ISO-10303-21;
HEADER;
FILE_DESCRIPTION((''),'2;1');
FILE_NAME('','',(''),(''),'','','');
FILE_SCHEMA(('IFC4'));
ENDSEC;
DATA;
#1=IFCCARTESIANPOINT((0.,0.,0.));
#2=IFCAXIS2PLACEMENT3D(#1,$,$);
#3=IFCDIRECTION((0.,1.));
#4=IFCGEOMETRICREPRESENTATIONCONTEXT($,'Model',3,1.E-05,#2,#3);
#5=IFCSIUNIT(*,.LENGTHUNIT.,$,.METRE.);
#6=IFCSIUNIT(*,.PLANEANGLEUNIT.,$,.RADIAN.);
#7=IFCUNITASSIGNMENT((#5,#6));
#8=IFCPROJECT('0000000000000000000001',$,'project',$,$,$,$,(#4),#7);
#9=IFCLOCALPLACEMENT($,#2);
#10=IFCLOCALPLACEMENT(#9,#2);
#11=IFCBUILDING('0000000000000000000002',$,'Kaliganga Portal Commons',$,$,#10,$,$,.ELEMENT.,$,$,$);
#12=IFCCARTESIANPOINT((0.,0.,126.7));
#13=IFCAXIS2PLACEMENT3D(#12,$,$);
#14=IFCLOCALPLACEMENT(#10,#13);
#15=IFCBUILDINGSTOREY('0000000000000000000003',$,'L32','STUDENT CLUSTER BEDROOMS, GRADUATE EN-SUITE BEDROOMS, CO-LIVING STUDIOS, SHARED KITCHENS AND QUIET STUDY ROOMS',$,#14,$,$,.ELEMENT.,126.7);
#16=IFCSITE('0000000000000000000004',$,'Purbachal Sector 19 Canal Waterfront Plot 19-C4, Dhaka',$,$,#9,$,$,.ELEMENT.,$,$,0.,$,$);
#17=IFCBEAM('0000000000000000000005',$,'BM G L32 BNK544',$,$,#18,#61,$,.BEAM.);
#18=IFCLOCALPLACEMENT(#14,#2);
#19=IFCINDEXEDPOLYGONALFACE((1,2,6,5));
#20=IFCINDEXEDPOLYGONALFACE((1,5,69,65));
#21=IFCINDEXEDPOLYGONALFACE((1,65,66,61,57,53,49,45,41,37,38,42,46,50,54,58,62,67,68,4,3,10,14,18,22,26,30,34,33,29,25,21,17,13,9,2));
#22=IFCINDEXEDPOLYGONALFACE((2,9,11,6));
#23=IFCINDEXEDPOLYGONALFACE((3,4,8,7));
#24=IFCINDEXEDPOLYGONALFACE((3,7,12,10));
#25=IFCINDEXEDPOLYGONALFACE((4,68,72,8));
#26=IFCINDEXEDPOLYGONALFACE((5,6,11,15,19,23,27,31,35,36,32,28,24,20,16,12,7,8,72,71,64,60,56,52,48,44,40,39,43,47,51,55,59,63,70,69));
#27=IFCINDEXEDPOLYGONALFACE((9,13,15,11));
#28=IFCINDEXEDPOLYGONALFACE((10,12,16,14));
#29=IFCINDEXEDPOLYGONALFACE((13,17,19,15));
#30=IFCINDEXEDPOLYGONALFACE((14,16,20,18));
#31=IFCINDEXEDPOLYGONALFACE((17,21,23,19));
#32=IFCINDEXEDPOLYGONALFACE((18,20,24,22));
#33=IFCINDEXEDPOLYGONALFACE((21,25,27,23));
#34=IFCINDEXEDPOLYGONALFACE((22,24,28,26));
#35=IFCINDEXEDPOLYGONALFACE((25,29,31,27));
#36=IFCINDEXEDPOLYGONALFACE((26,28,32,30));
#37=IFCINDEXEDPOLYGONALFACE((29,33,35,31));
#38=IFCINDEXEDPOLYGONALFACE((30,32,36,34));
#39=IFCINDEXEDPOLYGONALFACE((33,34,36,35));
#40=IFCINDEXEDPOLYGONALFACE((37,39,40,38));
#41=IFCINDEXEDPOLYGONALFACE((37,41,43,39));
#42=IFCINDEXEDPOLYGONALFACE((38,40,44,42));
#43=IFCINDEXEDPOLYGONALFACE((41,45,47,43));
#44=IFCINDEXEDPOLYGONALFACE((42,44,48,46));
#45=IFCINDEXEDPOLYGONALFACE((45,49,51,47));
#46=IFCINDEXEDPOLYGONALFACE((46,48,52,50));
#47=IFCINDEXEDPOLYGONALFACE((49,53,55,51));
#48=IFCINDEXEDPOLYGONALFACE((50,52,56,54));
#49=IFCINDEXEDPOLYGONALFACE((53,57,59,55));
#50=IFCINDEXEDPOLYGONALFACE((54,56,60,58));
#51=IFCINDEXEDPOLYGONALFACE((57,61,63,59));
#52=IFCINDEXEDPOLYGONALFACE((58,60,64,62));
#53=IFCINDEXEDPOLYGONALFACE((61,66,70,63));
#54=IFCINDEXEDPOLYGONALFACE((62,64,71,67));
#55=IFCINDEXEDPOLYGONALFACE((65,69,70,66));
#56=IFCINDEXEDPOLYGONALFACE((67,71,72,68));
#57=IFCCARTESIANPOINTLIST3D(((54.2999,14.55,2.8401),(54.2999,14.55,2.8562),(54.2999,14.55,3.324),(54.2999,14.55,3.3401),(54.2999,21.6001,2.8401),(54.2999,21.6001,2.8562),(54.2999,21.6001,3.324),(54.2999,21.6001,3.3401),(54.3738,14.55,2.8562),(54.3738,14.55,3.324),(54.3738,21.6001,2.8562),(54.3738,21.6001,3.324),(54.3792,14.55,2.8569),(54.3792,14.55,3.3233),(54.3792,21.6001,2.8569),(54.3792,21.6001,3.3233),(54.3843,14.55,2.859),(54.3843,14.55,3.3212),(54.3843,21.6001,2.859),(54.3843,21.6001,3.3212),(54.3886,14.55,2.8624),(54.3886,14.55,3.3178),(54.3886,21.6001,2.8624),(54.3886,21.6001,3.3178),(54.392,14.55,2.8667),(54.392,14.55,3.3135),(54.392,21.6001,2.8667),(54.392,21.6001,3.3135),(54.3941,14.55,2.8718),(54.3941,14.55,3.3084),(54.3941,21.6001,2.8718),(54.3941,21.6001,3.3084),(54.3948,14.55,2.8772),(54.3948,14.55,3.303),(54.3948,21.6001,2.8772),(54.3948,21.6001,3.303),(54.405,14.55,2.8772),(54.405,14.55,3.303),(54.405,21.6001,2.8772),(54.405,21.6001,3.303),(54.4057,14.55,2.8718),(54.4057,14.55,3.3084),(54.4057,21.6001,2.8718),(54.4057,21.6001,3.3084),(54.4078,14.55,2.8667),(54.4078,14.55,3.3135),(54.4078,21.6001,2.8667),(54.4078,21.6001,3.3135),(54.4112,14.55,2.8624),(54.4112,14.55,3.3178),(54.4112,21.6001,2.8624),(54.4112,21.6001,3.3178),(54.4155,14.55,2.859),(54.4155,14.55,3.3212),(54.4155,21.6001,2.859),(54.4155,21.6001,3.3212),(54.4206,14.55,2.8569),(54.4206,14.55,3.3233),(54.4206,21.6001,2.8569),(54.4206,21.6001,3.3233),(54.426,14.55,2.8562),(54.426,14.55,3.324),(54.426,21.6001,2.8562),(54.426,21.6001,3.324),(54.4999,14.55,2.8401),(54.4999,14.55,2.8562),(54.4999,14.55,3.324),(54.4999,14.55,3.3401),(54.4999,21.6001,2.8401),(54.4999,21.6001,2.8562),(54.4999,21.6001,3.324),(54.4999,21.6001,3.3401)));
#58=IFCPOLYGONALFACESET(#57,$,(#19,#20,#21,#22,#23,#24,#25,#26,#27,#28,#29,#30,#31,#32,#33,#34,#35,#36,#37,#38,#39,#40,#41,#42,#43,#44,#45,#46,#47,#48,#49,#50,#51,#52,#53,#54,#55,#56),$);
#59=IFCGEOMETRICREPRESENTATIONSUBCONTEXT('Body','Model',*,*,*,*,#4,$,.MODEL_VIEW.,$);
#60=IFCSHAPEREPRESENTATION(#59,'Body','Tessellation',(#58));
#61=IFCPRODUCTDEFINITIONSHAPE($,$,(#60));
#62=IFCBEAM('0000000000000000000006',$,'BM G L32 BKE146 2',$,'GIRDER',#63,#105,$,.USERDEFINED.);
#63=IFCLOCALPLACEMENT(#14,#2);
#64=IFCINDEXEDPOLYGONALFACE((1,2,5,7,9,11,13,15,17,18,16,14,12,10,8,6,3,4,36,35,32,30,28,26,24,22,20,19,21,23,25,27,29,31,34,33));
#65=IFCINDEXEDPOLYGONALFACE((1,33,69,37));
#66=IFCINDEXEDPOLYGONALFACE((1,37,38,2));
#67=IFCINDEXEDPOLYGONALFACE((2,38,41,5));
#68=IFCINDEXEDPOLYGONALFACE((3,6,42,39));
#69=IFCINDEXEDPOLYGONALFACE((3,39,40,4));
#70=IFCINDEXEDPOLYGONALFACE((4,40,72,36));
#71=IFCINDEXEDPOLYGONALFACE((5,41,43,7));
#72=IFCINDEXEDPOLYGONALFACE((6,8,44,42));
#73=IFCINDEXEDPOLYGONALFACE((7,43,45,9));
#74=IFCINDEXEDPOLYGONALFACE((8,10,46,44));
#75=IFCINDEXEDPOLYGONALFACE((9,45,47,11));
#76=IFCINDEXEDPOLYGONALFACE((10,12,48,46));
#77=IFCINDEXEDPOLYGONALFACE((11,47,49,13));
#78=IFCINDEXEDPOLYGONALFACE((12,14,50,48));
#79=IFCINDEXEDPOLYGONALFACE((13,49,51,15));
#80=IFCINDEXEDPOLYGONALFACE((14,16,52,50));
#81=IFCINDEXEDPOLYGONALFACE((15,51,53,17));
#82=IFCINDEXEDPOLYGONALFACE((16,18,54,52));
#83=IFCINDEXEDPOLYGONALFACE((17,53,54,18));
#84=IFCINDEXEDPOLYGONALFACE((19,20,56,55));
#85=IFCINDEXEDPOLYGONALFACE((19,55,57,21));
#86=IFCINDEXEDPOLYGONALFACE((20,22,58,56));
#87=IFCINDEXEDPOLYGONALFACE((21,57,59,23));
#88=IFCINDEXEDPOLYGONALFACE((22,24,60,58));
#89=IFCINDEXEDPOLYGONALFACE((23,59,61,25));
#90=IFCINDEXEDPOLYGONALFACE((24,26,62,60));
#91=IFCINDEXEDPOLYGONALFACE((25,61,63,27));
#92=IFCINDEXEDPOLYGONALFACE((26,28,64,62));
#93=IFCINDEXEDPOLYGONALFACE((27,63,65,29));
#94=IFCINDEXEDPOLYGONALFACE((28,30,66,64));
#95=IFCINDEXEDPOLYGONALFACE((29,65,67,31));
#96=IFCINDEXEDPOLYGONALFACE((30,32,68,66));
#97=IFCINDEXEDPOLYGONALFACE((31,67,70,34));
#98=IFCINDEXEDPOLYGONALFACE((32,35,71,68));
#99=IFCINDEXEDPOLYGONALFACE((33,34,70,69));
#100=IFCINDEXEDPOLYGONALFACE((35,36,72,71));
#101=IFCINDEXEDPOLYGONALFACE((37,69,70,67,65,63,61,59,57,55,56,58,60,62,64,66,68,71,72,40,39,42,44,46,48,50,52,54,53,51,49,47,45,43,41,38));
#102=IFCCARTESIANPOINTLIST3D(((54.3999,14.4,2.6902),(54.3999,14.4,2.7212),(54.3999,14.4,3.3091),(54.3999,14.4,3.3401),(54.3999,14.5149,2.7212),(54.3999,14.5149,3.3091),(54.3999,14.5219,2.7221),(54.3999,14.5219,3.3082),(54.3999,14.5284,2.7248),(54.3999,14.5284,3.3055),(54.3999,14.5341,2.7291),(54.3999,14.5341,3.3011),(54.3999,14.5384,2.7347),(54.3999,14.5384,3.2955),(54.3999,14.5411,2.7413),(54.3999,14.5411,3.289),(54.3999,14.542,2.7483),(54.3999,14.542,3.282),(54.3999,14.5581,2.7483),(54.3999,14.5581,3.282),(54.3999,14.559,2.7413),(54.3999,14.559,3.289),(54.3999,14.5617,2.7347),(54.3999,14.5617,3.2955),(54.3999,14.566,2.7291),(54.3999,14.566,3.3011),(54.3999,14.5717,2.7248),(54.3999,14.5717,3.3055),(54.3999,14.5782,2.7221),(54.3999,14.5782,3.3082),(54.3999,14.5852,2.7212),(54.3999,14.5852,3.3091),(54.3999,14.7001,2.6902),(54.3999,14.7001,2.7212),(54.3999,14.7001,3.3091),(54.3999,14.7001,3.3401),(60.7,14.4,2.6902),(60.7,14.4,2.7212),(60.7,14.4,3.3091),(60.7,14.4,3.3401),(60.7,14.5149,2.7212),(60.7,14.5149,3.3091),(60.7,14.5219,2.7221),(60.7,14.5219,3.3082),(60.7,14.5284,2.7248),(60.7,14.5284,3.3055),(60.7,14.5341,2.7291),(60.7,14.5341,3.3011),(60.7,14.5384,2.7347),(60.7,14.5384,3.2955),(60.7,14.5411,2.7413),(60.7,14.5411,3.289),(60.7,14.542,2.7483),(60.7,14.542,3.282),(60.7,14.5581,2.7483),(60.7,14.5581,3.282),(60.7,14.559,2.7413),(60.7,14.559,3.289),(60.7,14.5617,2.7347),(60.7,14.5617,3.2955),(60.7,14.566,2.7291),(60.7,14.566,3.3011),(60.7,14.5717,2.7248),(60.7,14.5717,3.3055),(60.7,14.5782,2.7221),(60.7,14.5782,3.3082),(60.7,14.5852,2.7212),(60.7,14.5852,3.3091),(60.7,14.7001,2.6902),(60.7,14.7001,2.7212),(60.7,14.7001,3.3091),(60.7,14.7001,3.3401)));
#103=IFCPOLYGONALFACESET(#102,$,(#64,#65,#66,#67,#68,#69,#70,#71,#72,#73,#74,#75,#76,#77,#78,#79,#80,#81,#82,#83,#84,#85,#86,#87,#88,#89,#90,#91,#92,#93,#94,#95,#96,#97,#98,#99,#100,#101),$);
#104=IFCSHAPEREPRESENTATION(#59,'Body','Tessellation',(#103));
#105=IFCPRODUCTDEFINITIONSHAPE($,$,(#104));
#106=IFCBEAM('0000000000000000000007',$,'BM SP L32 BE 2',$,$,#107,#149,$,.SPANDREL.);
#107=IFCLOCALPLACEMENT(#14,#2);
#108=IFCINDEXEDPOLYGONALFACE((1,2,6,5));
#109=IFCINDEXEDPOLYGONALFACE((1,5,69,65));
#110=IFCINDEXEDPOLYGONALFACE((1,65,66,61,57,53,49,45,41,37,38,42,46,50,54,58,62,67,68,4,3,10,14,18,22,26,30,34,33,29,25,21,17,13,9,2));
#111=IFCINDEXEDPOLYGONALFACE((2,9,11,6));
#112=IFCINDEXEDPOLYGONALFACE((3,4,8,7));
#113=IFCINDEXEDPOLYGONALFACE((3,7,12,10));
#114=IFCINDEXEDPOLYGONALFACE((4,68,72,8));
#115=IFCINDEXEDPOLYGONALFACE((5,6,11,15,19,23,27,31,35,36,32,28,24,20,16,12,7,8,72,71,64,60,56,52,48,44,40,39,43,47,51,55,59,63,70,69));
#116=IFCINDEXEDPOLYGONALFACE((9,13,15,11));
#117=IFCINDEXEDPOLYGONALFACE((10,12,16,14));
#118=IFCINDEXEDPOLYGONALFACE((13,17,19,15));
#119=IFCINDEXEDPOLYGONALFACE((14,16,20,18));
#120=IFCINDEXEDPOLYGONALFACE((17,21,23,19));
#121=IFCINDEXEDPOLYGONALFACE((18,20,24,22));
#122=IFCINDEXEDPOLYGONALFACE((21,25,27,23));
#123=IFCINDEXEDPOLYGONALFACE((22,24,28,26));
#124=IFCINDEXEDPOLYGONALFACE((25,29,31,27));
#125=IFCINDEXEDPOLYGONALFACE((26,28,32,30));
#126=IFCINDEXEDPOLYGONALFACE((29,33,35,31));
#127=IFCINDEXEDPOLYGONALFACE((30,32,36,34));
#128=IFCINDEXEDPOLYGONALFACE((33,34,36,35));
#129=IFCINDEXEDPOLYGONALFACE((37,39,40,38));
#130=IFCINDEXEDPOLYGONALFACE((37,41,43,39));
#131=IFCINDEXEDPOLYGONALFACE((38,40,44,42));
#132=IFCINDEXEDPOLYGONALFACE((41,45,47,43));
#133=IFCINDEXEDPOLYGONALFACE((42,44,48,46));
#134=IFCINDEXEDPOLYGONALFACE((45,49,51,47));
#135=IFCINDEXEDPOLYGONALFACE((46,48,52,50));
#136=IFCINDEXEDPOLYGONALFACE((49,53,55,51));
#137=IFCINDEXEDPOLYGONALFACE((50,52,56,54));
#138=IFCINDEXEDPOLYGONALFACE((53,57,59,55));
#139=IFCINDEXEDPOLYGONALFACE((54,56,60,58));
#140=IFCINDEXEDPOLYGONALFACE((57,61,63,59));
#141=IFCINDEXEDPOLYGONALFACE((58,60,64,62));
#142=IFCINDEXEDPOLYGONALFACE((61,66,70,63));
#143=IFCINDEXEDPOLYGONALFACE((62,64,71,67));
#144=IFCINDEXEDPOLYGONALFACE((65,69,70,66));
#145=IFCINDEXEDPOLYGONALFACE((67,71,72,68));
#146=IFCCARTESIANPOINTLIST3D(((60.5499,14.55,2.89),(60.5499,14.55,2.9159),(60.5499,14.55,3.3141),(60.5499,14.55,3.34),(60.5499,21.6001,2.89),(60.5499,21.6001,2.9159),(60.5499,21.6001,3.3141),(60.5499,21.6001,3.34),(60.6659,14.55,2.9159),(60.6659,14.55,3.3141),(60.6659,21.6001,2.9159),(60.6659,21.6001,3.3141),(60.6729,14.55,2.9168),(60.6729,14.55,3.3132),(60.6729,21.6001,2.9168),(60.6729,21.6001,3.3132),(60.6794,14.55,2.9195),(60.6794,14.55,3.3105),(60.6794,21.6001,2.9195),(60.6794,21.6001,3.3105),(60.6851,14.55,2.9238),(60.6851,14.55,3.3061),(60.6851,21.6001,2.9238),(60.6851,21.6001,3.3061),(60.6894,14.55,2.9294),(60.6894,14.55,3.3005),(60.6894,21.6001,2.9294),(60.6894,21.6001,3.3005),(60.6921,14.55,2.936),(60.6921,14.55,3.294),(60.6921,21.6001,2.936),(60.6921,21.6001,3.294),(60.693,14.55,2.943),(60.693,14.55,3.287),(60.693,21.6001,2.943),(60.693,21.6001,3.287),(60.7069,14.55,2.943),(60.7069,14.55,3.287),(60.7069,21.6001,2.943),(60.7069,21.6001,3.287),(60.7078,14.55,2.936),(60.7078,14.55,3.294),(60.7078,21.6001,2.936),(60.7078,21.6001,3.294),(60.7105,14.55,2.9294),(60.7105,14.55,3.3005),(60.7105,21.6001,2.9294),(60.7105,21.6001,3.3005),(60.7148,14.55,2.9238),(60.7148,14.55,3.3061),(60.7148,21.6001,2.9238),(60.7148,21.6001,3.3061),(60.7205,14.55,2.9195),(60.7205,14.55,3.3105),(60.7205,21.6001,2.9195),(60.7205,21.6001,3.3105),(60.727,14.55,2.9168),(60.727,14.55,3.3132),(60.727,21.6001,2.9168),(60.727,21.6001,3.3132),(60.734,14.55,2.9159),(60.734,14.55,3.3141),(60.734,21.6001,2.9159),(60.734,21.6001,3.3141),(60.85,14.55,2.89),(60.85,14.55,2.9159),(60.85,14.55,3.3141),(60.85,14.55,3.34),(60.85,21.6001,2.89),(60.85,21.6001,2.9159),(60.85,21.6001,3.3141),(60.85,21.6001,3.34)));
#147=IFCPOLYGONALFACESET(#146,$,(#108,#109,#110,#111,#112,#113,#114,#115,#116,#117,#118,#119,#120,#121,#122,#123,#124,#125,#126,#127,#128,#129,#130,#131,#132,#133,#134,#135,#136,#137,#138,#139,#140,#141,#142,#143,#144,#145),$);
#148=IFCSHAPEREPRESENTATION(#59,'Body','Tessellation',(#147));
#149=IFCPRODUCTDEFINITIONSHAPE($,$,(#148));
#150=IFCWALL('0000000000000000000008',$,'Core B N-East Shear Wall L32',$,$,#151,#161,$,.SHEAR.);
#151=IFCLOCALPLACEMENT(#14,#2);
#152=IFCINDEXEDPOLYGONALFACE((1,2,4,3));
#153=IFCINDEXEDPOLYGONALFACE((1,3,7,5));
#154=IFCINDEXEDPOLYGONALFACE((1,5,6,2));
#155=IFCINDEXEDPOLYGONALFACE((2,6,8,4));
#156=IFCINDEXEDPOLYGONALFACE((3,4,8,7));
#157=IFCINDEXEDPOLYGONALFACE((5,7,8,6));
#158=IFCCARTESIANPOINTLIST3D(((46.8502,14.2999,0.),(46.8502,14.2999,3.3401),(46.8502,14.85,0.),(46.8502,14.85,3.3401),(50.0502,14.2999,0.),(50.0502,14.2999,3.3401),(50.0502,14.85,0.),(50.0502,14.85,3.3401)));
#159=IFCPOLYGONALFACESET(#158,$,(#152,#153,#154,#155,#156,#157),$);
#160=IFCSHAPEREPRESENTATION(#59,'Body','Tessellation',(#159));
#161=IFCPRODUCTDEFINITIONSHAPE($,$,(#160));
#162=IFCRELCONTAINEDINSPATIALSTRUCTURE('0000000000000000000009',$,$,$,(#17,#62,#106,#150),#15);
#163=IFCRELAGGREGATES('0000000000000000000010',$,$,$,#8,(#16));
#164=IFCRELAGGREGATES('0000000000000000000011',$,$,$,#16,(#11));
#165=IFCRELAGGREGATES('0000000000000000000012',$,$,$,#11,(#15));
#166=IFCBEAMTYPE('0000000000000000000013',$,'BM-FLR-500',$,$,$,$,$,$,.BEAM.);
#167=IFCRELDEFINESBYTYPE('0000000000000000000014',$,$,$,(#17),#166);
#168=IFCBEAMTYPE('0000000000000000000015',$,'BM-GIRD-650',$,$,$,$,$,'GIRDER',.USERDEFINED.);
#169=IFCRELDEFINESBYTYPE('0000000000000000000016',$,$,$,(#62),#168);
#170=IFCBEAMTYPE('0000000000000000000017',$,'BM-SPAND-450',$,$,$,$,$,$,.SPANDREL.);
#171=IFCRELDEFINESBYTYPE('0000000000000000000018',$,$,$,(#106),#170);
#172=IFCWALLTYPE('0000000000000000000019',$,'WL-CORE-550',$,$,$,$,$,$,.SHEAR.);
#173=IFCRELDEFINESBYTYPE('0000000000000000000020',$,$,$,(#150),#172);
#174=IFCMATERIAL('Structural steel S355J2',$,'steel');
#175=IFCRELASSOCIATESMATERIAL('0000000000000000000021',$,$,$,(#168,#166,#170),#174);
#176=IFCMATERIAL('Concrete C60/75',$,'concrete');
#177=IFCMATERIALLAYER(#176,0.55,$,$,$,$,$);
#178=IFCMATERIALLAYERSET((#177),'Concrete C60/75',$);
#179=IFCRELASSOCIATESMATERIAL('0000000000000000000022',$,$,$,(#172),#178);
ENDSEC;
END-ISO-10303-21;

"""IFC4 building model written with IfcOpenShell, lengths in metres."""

from ifc_helpers import new_model, si_unit, direction, frame, frame_2d, origin, origin_2d, place, context, subcontext, project, spatial, rectangle, i_section, extrude, source, transform, mapped, material, layer, layer_set, material_profile, profile_set, type_object, element, save


model = new_model("IFC4")

# Units and contexts
model_context = context("Model", 3, precision=1e-05, world=origin(), true_north=direction((0.0, 1.0)))
body_context = subcontext(model_context, "Body", "Model", "MODEL_VIEW")
ifc_project = project(units=[si_unit("LENGTHUNIT", "METRE"), si_unit("PLANEANGLEUNIT", "RADIAN")], contexts=[model_context])

# Site, building, storey
site_placement = place(None, origin())
site = spatial("IfcSite", under=ifc_project, at=site_placement, Name="Purbachal Sector 19 Canal Waterfront Plot 19-C4, Dhaka", CompositionType="ELEMENT", RefElevation=0.0)
building_placement = place(site_placement, origin())
building = spatial("IfcBuilding", under=site, at=building_placement, Name="Kaliganga Portal Commons", CompositionType="ELEMENT")
storey_placement = place(building_placement, frame((0.0, 0.0, 126.7)))
storey = spatial("IfcBuildingStorey", under=building, at=storey_placement, Name="L32", Description="STUDENT CLUSTER BEDROOMS, GRADUATE EN-SUITE BEDROOMS, CO-LIVING STUDIOS, SHARED KITCHENS AND QUIET STUDY ROOMS", CompositionType="ELEMENT", Elevation=126.7)

# Shared definitions
ifc_material_1 = material(Name="Concrete C60/75", Category="concrete")

# Beams
ifc_material_2 = material(Name="Structural steel S355J2", Category="steel")
ifc_material_profile_1 = material_profile(ifc_material_2, i_section(OverallWidth=0.3, OverallDepth=0.6499, WebThickness=0.0161, FlangeThickness=0.031, FilletRadius=0.0271, at=origin_2d()), Name="HE 650 B")
ifc_profile_set_1 = profile_set([ifc_material_profile_1], Name="Structural steel S355J2 wide-flange")
beam_type_1 = type_object("IfcBeamType", Name="BM-GIRD-650", ElementType="GIRDER", PredefinedType="USERDEFINED", material=ifc_profile_set_1)
ifc_material_profile_2 = material_profile(ifc_material_2, i_section(OverallWidth=0.2, OverallDepth=0.5, WebThickness=0.0103, FlangeThickness=0.0161, FilletRadius=0.021, at=origin_2d()), Name="IPE 500")
ifc_profile_set_2 = profile_set([ifc_material_profile_2], Name="Structural steel S355J2 wide-flange")
beam_type_2 = type_object("IfcBeamType", Name="BM-FLR-500", PredefinedType="BEAM", material=ifc_profile_set_2)
shared_shape_1 = source(origin(), body_context, "Body", "SweptSolid", [
    extrude(i_section(OverallWidth=0.2, OverallDepth=0.5, WebThickness=0.0103, FlangeThickness=0.0161, FilletRadius=0.021, at=origin_2d()), origin(), (0.0, 0.0, 1.0), 7.05),
])
for number, where, z_axis, x_axis, name in (
    (1, (54.3999, 14.55, 3.0901), (0.0, 1.0, 0.0), (-1.0, 0.0, 0.0), "BM G L32 BNK544"),
):
    element("IfcBeam", number, at=place(storey_placement, frame(where, z_axis=z_axis, x_axis=x_axis)), inside=storey, type_object=beam_type_2, Name=name, PredefinedType="BEAM", context=body_context, shape_type="MappedRepresentation", body=[
        mapped(shared_shape_1, transform((0.0, 0.0, 0.0), x_axis=(1.0, 0.0, 0.0), y_axis=(0.0, 1.0, 0.0), z_axis=(0.0, 0.0, 1.0), scale=1.0)),
    ])
shared_shape_2 = source(origin(), body_context, "Body", "SweptSolid", [
    extrude(i_section(OverallWidth=0.3, OverallDepth=0.6499, WebThickness=0.0161, FlangeThickness=0.031, FilletRadius=0.0271, at=origin_2d()), origin(), (0.0, 0.0, 1.0), 6.3),
])
beam_1_placement = place(storey_placement, frame((54.3999, 14.55, 3.0151), z_axis=(1.0, 0.0, 0.0), x_axis=(0.0, 1.0, 0.0)))
element("IfcBeam", 2, at=beam_1_placement, inside=storey, type_object=beam_type_1, Name="BM G L32 BKE146 2", ObjectType="GIRDER", PredefinedType="USERDEFINED", context=body_context, shape_type="MappedRepresentation", body=[
    mapped(shared_shape_2, transform((0.0, 0.0, 0.0), x_axis=(1.0, 0.0, 0.0), y_axis=(0.0, 1.0, 0.0), z_axis=(0.0, 0.0, 1.0), scale=1.0)),
])
ifc_material_profile_3 = material_profile(ifc_material_2, i_section(OverallWidth=0.3, OverallDepth=0.45, WebThickness=0.0139, FlangeThickness=0.0259, FilletRadius=0.0271, at=origin_2d()), Name="HE 450 B")
ifc_profile_set_3 = profile_set([ifc_material_profile_3], Name="Structural steel S355J2 wide-flange")
beam_type_3 = type_object("IfcBeamType", Name="BM-SPAND-450", PredefinedType="SPANDREL", material=ifc_profile_set_3)
shared_shape_3 = source(origin(), body_context, "Body", "SweptSolid", [
    extrude(i_section(OverallWidth=0.3, OverallDepth=0.45, WebThickness=0.0139, FlangeThickness=0.0259, FilletRadius=0.0271, at=origin_2d()), origin(), (0.0, 0.0, 1.0), 7.05),
])
beam_2_placement = place(storey_placement, frame((60.7, 14.55, 3.115), z_axis=(0.0, 1.0, 0.0), x_axis=(-1.0, 0.0, 0.0)))
element("IfcBeam", 3, at=beam_2_placement, inside=storey, type_object=beam_type_3, Name="BM SP L32 BE 2", PredefinedType="SPANDREL", context=body_context, shape_type="MappedRepresentation", body=[
    mapped(shared_shape_3, transform((0.0, 0.0, 0.0), x_axis=(1.0, 0.0, 0.0), y_axis=(0.0, 1.0, 0.0), z_axis=(0.0, 0.0, 1.0), scale=1.0)),
])

# Wall
ifc_layer_1 = layer(ifc_material_1, 0.55)
ifc_layer_set_1 = layer_set([ifc_layer_1], Name="Concrete C60/75")
wall_type_1 = type_object("IfcWallType", Name="WL-CORE-550", PredefinedType="SHEAR", material=ifc_layer_set_1)
wall_1_placement = place(storey_placement, frame((46.8501, 14.575, 0.0), z_axis=(0.0, 0.0, 1.0), x_axis=(1.0, 0.0, 0.0)))
element("IfcWall", 4, at=wall_1_placement, inside=storey, type_object=wall_type_1, Name="Core B N-East Shear Wall L32", PredefinedType="SHEAR", context=body_context, shape_type="SweptSolid", body=[
    extrude(rectangle(XDim=3.2, YDim=0.55, at=frame_2d((1.6001, 0.0))), origin(), (0.0, 0.0, 1.0), 3.3401),
])

save(model, "model.ifc")
